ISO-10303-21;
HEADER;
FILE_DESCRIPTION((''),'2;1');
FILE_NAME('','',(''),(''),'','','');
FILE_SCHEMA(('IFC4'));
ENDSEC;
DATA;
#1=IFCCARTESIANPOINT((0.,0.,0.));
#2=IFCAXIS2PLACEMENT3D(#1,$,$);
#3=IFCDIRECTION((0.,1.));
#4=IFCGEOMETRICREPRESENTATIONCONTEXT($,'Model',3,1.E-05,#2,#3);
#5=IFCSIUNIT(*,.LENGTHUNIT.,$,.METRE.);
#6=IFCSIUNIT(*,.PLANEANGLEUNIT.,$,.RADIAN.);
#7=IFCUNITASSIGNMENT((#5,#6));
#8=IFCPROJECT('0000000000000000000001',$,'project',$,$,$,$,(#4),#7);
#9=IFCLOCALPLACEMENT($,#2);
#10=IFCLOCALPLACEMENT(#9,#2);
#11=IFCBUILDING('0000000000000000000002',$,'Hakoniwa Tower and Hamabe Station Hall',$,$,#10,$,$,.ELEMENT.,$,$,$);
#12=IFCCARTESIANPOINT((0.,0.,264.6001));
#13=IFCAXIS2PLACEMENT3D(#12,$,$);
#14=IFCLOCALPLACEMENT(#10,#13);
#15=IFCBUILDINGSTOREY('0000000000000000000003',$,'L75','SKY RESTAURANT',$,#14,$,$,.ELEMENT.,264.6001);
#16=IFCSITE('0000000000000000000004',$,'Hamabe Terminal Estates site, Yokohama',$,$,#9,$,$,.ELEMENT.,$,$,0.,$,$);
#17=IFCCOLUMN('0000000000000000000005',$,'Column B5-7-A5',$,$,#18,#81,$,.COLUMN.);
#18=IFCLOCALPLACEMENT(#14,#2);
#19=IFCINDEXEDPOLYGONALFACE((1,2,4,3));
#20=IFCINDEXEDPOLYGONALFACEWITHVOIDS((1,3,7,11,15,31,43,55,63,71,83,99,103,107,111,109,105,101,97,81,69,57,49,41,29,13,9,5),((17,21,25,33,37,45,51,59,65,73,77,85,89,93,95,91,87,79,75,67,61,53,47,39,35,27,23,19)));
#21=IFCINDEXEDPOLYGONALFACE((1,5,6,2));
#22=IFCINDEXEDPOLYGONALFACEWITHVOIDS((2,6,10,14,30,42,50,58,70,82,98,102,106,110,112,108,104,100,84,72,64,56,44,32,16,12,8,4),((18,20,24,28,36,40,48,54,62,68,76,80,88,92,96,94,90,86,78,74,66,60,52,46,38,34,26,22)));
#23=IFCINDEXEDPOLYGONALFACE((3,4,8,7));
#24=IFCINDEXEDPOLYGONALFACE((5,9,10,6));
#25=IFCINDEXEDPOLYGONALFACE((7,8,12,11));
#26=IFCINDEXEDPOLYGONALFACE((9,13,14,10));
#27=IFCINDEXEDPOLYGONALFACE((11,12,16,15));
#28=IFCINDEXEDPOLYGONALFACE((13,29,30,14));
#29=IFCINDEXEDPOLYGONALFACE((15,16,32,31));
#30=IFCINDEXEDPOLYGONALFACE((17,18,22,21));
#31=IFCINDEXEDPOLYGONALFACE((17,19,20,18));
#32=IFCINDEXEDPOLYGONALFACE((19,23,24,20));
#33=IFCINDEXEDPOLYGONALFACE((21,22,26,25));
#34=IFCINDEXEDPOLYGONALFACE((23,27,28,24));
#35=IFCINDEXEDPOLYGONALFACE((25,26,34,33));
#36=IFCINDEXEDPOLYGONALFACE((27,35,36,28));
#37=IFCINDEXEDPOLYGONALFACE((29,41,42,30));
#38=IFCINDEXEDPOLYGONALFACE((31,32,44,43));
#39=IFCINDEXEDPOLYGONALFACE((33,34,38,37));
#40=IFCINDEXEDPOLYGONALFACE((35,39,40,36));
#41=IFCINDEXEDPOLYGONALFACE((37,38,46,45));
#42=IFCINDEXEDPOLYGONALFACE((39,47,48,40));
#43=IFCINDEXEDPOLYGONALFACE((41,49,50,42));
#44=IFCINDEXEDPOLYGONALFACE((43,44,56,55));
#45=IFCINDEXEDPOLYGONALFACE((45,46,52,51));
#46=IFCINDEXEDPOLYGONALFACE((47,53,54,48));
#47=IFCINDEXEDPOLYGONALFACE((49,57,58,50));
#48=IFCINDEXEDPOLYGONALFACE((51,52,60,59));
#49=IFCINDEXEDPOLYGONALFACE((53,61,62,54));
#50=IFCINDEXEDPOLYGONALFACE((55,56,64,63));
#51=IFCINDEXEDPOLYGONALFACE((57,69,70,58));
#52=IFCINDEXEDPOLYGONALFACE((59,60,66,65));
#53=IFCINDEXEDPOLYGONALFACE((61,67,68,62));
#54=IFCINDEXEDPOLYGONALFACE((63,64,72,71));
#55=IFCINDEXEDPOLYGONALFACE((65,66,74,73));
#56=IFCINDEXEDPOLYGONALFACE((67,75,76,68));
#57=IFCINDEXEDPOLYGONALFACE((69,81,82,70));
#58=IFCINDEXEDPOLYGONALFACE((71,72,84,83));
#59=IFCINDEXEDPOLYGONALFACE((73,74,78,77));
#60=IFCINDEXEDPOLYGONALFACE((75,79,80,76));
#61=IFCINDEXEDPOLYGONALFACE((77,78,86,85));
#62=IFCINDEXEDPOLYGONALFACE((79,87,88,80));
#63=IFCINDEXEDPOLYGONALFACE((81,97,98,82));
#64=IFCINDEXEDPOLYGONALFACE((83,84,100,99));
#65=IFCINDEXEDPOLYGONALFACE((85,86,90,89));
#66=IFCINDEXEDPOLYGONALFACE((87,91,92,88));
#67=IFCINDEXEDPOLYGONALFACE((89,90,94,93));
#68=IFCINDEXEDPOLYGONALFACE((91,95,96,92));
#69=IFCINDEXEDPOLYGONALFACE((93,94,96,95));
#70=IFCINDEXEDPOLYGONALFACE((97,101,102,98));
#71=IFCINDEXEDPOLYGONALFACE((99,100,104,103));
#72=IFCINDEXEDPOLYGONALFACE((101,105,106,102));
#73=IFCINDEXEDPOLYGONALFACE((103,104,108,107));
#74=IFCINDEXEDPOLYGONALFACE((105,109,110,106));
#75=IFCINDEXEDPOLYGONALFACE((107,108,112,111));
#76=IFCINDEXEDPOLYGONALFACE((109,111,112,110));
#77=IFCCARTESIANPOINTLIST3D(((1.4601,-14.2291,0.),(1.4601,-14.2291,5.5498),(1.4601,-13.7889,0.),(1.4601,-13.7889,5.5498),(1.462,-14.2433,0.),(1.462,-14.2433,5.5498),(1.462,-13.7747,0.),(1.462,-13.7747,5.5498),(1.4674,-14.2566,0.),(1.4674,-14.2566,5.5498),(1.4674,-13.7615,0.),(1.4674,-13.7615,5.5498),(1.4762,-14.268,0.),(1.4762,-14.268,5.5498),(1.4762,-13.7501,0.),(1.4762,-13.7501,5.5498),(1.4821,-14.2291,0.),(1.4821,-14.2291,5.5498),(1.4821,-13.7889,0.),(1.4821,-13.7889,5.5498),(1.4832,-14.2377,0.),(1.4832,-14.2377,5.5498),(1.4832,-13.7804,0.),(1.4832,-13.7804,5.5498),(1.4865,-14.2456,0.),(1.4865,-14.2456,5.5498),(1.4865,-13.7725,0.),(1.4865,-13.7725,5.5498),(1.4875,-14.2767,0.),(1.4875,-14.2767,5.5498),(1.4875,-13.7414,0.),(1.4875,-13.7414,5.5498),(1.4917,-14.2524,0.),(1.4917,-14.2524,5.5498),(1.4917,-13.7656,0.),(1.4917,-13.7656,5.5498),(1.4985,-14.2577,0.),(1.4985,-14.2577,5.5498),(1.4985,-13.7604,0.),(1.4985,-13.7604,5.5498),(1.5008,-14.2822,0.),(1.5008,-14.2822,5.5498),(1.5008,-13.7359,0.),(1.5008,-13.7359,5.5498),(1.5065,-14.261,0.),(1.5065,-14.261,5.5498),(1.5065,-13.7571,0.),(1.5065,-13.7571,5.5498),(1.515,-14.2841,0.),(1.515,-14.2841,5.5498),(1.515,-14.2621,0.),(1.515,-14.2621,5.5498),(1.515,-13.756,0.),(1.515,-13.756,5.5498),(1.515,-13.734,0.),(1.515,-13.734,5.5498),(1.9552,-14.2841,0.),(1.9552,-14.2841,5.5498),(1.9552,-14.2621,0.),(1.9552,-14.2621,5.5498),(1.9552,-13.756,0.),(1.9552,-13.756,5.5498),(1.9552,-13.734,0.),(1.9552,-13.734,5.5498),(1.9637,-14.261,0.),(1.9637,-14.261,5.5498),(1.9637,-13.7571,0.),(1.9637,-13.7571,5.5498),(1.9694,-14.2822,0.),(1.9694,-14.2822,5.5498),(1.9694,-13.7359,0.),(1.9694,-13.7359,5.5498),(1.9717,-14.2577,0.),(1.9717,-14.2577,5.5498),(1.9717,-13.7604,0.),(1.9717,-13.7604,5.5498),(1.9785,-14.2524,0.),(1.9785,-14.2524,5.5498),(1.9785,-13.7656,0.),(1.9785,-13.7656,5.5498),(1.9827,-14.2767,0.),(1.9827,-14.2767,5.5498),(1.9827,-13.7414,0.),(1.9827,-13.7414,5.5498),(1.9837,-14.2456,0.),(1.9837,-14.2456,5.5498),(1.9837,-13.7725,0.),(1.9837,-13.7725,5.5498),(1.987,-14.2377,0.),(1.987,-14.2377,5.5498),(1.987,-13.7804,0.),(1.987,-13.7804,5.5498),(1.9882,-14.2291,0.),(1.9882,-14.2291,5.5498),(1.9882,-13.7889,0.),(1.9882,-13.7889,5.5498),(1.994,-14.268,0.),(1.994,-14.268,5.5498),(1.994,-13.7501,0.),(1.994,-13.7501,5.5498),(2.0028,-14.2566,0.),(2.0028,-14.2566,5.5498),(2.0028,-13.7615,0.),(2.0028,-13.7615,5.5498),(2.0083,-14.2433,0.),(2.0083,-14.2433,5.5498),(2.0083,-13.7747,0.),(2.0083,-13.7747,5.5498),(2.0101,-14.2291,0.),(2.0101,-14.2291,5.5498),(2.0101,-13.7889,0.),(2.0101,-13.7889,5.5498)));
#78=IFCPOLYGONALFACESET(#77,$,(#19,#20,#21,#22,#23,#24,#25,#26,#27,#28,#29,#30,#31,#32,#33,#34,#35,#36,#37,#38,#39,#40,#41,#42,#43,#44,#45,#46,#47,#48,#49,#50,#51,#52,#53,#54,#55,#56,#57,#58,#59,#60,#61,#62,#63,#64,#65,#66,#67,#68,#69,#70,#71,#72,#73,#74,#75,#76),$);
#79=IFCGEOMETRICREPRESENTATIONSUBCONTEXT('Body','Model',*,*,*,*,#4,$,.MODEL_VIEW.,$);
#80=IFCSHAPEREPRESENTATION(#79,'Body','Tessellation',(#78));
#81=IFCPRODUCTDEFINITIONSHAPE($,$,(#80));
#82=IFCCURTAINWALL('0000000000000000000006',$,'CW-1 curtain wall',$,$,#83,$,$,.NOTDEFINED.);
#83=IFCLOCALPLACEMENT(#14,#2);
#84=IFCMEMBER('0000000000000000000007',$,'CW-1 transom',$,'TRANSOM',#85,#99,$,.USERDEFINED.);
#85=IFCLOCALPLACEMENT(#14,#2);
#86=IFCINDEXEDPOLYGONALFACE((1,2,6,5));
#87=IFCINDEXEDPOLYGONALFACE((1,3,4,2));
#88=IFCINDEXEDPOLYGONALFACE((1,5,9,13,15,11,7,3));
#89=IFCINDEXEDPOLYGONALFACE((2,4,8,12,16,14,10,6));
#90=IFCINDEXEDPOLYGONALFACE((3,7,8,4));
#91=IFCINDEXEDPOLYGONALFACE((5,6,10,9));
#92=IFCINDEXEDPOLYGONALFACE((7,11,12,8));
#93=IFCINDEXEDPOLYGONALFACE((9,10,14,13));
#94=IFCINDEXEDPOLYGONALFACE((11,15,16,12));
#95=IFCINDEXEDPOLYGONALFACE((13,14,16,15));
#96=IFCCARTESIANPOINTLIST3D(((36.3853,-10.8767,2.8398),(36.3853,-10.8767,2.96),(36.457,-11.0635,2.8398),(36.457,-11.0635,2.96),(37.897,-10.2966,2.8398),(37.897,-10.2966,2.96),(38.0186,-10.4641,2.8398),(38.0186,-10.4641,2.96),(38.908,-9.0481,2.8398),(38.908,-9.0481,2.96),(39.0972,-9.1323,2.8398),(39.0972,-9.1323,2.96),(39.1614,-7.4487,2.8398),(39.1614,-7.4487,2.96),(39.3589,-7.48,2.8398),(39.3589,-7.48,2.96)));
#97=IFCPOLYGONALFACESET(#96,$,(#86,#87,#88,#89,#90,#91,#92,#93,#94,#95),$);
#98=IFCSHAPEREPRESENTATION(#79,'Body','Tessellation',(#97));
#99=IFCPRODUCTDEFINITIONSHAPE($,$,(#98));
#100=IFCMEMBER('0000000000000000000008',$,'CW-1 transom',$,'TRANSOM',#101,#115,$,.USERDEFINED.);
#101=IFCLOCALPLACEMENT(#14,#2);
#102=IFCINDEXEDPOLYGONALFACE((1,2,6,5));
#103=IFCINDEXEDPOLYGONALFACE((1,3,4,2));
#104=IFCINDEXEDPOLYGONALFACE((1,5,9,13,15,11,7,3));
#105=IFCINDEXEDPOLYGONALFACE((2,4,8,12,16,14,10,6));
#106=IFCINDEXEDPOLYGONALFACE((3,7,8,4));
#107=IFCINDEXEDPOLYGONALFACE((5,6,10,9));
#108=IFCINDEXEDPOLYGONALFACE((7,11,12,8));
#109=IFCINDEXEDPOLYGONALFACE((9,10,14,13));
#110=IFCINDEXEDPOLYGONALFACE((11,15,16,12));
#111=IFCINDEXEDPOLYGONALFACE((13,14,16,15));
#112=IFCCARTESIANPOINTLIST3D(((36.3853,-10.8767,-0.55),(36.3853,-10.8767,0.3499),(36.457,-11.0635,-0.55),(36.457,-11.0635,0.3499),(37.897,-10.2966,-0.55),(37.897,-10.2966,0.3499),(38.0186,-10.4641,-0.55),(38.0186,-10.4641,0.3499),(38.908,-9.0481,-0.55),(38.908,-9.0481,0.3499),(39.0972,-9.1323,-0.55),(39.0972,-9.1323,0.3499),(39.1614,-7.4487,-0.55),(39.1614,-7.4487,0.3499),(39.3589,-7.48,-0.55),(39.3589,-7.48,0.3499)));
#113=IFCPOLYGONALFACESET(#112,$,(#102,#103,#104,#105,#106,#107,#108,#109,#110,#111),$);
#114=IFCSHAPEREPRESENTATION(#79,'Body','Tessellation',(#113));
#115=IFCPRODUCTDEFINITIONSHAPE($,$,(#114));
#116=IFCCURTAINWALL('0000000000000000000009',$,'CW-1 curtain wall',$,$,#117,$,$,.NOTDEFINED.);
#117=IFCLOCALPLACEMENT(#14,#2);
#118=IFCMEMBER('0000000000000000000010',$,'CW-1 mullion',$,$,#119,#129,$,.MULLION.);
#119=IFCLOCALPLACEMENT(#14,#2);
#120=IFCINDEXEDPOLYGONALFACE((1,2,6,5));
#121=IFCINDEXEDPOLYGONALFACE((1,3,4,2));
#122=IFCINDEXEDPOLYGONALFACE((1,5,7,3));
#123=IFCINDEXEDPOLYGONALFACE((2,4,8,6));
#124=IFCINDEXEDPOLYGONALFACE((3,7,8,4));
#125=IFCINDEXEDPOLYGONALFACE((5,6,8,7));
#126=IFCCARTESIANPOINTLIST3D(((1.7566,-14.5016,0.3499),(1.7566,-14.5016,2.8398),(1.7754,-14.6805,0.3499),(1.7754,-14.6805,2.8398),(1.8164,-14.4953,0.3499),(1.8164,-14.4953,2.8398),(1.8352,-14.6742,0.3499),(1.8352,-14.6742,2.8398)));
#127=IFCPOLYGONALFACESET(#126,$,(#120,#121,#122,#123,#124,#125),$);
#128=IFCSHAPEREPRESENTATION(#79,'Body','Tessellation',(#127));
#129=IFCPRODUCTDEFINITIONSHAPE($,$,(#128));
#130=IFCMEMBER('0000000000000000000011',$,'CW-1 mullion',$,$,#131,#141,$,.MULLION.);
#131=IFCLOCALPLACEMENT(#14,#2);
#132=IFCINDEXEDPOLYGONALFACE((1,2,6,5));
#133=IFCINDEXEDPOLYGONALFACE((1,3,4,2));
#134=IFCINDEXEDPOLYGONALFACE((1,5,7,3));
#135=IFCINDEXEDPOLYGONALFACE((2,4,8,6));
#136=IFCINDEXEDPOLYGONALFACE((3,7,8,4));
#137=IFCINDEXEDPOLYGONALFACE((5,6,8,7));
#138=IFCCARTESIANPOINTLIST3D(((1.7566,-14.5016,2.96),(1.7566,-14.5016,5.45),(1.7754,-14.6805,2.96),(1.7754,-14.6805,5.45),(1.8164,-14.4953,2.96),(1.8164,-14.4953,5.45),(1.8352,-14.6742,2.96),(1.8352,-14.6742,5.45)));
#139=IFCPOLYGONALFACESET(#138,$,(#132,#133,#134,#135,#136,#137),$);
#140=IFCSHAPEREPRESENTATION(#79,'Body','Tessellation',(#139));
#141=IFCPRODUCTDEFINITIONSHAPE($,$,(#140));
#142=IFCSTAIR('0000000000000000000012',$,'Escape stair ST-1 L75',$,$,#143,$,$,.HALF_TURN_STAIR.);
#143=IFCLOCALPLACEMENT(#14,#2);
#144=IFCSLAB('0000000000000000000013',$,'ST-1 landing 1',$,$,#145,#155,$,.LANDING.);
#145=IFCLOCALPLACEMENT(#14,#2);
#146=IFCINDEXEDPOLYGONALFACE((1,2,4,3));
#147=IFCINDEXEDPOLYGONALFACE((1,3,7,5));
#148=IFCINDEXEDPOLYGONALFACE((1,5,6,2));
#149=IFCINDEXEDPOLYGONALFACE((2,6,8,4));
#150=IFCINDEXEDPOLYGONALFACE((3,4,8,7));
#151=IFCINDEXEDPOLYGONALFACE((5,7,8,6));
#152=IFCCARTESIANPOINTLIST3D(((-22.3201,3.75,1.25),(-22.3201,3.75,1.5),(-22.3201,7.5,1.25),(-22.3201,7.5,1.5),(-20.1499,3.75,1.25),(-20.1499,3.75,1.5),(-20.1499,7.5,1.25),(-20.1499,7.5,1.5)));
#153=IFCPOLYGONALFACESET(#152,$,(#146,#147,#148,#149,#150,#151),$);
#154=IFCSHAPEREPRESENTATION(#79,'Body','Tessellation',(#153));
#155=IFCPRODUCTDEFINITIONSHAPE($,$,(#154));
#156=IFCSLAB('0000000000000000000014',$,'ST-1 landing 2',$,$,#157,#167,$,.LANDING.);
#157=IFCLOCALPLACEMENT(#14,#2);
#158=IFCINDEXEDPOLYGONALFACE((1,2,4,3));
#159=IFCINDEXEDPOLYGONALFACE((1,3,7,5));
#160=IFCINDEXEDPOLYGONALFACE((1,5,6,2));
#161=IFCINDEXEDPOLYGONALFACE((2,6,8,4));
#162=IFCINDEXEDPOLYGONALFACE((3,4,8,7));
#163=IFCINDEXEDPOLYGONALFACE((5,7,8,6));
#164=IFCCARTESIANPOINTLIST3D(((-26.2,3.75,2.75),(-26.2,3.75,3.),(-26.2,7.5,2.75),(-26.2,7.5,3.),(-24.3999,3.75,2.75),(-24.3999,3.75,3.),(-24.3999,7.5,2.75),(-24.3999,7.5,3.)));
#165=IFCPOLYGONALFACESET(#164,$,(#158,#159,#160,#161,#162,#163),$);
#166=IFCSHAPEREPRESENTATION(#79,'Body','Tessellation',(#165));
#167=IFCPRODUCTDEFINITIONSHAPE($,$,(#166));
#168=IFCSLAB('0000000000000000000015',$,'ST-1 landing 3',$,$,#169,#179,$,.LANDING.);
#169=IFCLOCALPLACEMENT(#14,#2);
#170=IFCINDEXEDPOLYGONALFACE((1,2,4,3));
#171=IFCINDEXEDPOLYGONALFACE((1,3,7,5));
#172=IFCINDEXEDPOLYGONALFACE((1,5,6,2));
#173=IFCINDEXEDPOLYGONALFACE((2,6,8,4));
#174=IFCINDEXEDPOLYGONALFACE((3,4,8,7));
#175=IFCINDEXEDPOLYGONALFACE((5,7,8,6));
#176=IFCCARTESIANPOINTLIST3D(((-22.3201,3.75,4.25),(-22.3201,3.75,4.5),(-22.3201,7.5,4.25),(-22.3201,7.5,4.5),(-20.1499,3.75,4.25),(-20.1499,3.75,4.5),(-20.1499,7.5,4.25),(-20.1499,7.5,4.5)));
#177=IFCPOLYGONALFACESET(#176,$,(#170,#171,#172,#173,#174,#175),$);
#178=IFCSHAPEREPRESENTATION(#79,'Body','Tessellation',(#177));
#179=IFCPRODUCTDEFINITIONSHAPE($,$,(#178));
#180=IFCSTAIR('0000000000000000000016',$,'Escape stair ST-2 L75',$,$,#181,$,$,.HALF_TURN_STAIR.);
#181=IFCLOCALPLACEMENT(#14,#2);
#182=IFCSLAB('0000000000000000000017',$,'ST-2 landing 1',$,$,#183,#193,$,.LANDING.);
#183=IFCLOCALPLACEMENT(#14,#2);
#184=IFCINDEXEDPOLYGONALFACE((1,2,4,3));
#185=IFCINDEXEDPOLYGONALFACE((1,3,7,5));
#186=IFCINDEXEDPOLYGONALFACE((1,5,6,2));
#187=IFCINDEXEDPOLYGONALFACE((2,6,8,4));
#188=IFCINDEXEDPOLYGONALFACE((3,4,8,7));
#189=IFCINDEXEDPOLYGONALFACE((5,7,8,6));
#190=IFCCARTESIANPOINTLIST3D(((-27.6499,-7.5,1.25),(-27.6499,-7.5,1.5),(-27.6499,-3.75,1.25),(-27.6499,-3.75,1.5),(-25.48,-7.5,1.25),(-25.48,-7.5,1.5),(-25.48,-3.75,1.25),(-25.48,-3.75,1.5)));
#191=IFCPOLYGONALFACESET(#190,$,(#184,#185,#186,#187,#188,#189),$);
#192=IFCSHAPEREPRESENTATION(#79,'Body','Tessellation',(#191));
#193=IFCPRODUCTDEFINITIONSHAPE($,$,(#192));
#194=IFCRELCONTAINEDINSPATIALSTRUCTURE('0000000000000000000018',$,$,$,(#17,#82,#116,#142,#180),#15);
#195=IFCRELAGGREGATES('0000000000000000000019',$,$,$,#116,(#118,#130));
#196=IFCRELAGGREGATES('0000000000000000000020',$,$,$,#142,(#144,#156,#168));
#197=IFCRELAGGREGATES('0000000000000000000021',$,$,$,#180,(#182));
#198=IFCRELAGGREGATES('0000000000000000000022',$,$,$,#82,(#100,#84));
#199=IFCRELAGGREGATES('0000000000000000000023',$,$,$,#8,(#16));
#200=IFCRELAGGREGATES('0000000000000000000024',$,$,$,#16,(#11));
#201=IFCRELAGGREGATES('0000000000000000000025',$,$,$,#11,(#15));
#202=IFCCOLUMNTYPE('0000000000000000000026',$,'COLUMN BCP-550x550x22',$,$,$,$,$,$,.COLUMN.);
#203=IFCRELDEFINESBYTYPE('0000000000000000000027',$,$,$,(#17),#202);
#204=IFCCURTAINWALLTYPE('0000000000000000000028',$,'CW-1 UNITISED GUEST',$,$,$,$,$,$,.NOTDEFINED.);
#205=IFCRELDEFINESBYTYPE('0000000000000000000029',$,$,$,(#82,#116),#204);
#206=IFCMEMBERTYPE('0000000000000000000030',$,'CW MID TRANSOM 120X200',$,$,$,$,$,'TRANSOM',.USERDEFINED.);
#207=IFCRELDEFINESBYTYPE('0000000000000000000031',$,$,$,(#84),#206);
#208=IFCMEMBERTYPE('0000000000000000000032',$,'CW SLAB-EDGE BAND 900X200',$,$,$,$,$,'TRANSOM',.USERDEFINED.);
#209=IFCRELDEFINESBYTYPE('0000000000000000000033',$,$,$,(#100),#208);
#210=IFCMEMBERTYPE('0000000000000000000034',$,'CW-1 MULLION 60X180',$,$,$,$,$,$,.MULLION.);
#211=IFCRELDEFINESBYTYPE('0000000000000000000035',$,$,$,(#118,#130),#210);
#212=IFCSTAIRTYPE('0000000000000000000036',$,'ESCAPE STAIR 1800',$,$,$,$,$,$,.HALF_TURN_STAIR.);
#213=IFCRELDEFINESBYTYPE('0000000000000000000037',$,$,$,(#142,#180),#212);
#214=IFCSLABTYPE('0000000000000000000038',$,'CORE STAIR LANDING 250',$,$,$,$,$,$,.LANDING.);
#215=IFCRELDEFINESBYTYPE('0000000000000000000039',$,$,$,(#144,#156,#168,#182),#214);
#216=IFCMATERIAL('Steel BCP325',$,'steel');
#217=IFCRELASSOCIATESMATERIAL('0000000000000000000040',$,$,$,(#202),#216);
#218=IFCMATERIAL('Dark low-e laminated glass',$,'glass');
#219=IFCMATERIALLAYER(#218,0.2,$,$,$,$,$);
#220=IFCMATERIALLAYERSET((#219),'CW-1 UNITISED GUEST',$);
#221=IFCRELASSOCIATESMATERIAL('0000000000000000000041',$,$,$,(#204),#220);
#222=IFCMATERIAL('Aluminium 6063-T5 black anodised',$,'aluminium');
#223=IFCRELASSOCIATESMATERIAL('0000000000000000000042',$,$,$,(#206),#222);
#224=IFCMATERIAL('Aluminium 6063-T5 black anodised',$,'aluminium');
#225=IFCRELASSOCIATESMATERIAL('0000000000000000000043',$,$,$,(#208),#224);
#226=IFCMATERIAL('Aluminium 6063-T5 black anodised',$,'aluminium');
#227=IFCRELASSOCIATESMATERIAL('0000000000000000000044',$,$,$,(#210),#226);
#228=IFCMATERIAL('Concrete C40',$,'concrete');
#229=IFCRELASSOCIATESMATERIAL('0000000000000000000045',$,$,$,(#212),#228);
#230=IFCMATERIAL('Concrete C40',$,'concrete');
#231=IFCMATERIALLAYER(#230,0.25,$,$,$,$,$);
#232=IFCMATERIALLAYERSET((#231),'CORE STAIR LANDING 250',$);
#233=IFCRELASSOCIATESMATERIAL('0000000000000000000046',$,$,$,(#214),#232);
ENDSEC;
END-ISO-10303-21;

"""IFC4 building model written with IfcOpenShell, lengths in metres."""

from ifc_helpers import new_model, si_unit, direction, frame, origin, origin_2d, place, context, subcontext, project, spatial, polyline, rectangle, hollow_rectangle, outline, extrude, material, layer, layer_set, material_profile, profile_set, type_object, element, aggregate, save


model = new_model("IFC4")

# Units and contexts
model_context = context("Model", 3, precision=1e-05, world=origin(), true_north=direction((0.0, 1.0)))
body_context = subcontext(model_context, "Body", "Model", "MODEL_VIEW")
ifc_project = project(units=[si_unit("LENGTHUNIT", "METRE"), si_unit("PLANEANGLEUNIT", "RADIAN")], contexts=[model_context])

# Site, building, storey
site_placement = place(None, origin())
site = spatial("IfcSite", under=ifc_project, at=site_placement, Name="Hamabe Terminal Estates site, Yokohama", CompositionType="ELEMENT", RefElevation=0.0)
building_placement = place(site_placement, origin())
building = spatial("IfcBuilding", under=site, at=building_placement, Name="Hakoniwa Tower and Hamabe Station Hall", CompositionType="ELEMENT")
storey_placement = place(building_placement, frame((0.0, 0.0, 264.6001)))
storey = spatial("IfcBuildingStorey", under=building, at=storey_placement, Name="L75", Description="SKY RESTAURANT", CompositionType="ELEMENT", Elevation=264.6001)

# Column
ifc_material_1 = material(Name="Steel BCP325", Category="steel")
ifc_material_profile_1 = material_profile(ifc_material_1, hollow_rectangle(XDim=0.55, YDim=0.55, WallThickness=0.022, InnerFilletRadius=0.033, OuterFilletRadius=0.0549, at=origin_2d()), Name="BCP-550x550x22")
ifc_profile_set_1 = profile_set([ifc_material_profile_1], Name="Steel BCP325")
column_type = type_object("IfcColumnType", Name="COLUMN BCP-550x550x22", PredefinedType="COLUMN", material=ifc_profile_set_1)
column_placement = place(storey_placement, frame((1.7351, -14.009, 0.0), z_axis=(0.0, 0.0, 1.0), x_axis=(1.0, 0.0, 0.0)))
element("IfcColumn", 1, at=column_placement, inside=storey, type_object=column_type, Name="Column B5-7-A5", PredefinedType="COLUMN", context=body_context, shape_type="SweptSolid", body=[
    extrude(hollow_rectangle(XDim=0.55, YDim=0.55, WallThickness=0.022, InnerFilletRadius=0.033, OuterFilletRadius=0.0549, at=origin_2d()), origin(), (0.0, 0.0, 1.0), 5.5498),
])

# Curtain walls, members
ifc_material_2 = material(Name="Dark low-e laminated glass", Category="glass")
ifc_layer_1 = layer(ifc_material_2, 0.2)
ifc_layer_set_1 = layer_set([ifc_layer_1], Name="CW-1 UNITISED GUEST")
curtain_wall_type = type_object("IfcCurtainWallType", Name="CW-1 UNITISED GUEST", PredefinedType="NOTDEFINED", material=ifc_layer_set_1)
curtain_wall_1_placement = place(storey_placement, origin())
curtain_wall_1 = element("IfcCurtainWall", 2, at=curtain_wall_1_placement, inside=storey, type_object=curtain_wall_type, Name="CW-1 curtain wall", PredefinedType="NOTDEFINED")
ifc_material_3 = material(Name="Aluminium 6063-T5 black anodised", Category="aluminium")
ifc_material_profile_2 = material_profile(ifc_material_3, rectangle(XDim=0.2, YDim=0.1201, at=origin_2d()), Name="CW MID TRANSOM 120X200")
ifc_profile_set_2 = profile_set([ifc_material_profile_2], Name="Aluminium 6063-T5 black anodised")
member_type_1 = type_object("IfcMemberType", Name="CW MID TRANSOM 120X200", ElementType="TRANSOM", PredefinedType="USERDEFINED", material=ifc_profile_set_2)
member_1_placement = place(storey_placement, frame((0.0, 0.0, 2.8398)))
member_1 = element("IfcMember", 3, at=member_1_placement, type_object=member_type_1, Name="CW-1 transom", ObjectType="TRANSOM", PredefinedType="USERDEFINED", context=body_context, shape_type="SweptSolid", body=[
    extrude(outline(polyline([(36.457, -11.0635), (38.0186, -10.4641), (39.0972, -9.1323), (39.3589, -7.48), (39.1614, -7.4487), (38.908, -9.0481), (37.897, -10.2966), (36.3853, -10.8767), (36.457, -11.0635)])), origin(), (0.0, 0.0, 1.0), 0.1201),
])
ifc_material_4 = material(Name="Aluminium 6063-T5 black anodised", Category="aluminium")
ifc_material_profile_3 = material_profile(ifc_material_4, rectangle(XDim=0.2, YDim=0.8999, at=origin_2d()), Name="CW SLAB-EDGE BAND 900X200")
ifc_profile_set_3 = profile_set([ifc_material_profile_3], Name="Aluminium 6063-T5 black anodised")
member_type_2 = type_object("IfcMemberType", Name="CW SLAB-EDGE BAND 900X200", ElementType="TRANSOM", PredefinedType="USERDEFINED", material=ifc_profile_set_3)
member_2_placement = place(storey_placement, frame((0.0, 0.0, -0.55)))
member_2 = element("IfcMember", 4, at=member_2_placement, type_object=member_type_2, Name="CW-1 transom", ObjectType="TRANSOM", PredefinedType="USERDEFINED", context=body_context, shape_type="SweptSolid", body=[
    extrude(outline(polyline([(36.457, -11.0635), (38.0186, -10.4641), (39.0972, -9.1323), (39.3589, -7.48), (39.1614, -7.4487), (38.908, -9.0481), (37.897, -10.2966), (36.3853, -10.8767), (36.457, -11.0635)])), origin(), (0.0, 0.0, 1.0), 0.8999),
])
curtain_wall_2_placement = place(storey_placement, origin())
curtain_wall_2 = element("IfcCurtainWall", 5, at=curtain_wall_2_placement, inside=storey, type_object=curtain_wall_type, Name="CW-1 curtain wall", PredefinedType="NOTDEFINED")
ifc_material_5 = material(Name="Aluminium 6063-T5 black anodised", Category="aluminium")
ifc_material_profile_4 = material_profile(ifc_material_5, rectangle(XDim=0.0601, YDim=0.1799, at=origin_2d()), Name="CW-1 MULLION 60X180")
ifc_profile_set_4 = profile_set([ifc_material_profile_4], Name="Aluminium 6063-T5 black anodised")
member_type_3 = type_object("IfcMemberType", Name="CW-1 MULLION 60X180", PredefinedType="MULLION", material=ifc_profile_set_4)
member_3_placement = place(storey_placement, frame((1.7959, -14.5879, 0.3499), z_axis=(0.0, 0.0, 1.0), x_axis=(0.994522, 0.104528, 0.0)))
member_3 = element("IfcMember", 6, at=member_3_placement, type_object=member_type_3, Name="CW-1 mullion", PredefinedType="MULLION", context=body_context, shape_type="SweptSolid", body=[
    extrude(rectangle(XDim=0.0601, YDim=0.1799, at=origin_2d()), origin(), (0.0, 0.0, 1.0), 2.49),
])
member_4_placement = place(storey_placement, frame((1.7959, -14.5879, 2.96), z_axis=(0.0, 0.0, 1.0), x_axis=(0.994522, 0.104528, 0.0)))
member_4 = element("IfcMember", 7, at=member_4_placement, type_object=member_type_3, Name="CW-1 mullion", PredefinedType="MULLION", context=body_context, shape_type="SweptSolid", body=[
    extrude(rectangle(XDim=0.0601, YDim=0.1799, at=origin_2d()), origin(), (0.0, 0.0, 1.0), 2.49),
])
aggregate(curtain_wall_2, [member_3, member_4])

# Stairs, slabs
ifc_material_6 = material(Name="Concrete C40", Category="concrete")
stair_type = type_object("IfcStairType", Name="ESCAPE STAIR 1800", PredefinedType="HALF_TURN_STAIR", material=ifc_material_6)
stair_1_placement = place(storey_placement, origin())
stair_1 = element("IfcStair", 8, at=stair_1_placement, inside=storey, type_object=stair_type, Name="Escape stair ST-1 L75", PredefinedType="HALF_TURN_STAIR")
ifc_material_7 = material(Name="Concrete C40", Category="concrete")
ifc_layer_2 = layer(ifc_material_7, 0.25)
ifc_layer_set_2 = layer_set([ifc_layer_2], Name="CORE STAIR LANDING 250")
slab_type = type_object("IfcSlabType", Name="CORE STAIR LANDING 250", PredefinedType="LANDING", material=ifc_layer_set_2)
slab_1_placement = place(storey_placement, frame((0.0, 0.0, 1.25)))
slab_1 = element("IfcSlab", 9, at=slab_1_placement, type_object=slab_type, Name="ST-1 landing 1", PredefinedType="LANDING", context=body_context, shape_type="SweptSolid", body=[
    extrude(outline(polyline([(-22.3201, 3.75), (-20.1499, 3.75), (-20.1499, 7.5), (-22.3201, 7.5), (-22.3201, 3.75)])), origin(), (0.0, 0.0, 1.0), 0.25),
])
slab_2_placement = place(storey_placement, frame((0.0, 0.0, 2.75)))
slab_2 = element("IfcSlab", 10, at=slab_2_placement, type_object=slab_type, Name="ST-1 landing 2", PredefinedType="LANDING", context=body_context, shape_type="SweptSolid", body=[
    extrude(outline(polyline([(-26.2, 3.75), (-24.3999, 3.75), (-24.3999, 7.5), (-26.2, 7.5), (-26.2, 3.75)])), origin(), (0.0, 0.0, 1.0), 0.25),
])
slab_3_placement = place(storey_placement, frame((0.0, 0.0, 4.25)))
slab_3 = element("IfcSlab", 11, at=slab_3_placement, type_object=slab_type, Name="ST-1 landing 3", PredefinedType="LANDING", context=body_context, shape_type="SweptSolid", body=[
    extrude(outline(polyline([(-22.3201, 3.75), (-20.1499, 3.75), (-20.1499, 7.5), (-22.3201, 7.5), (-22.3201, 3.75)])), origin(), (0.0, 0.0, 1.0), 0.25),
])
aggregate(stair_1, [slab_1, slab_2, slab_3])
stair_2_placement = place(storey_placement, origin())
stair_2 = element("IfcStair", 12, at=stair_2_placement, inside=storey, type_object=stair_type, Name="Escape stair ST-2 L75", PredefinedType="HALF_TURN_STAIR")
slab_4_placement = place(storey_placement, frame((0.0, 0.0, 1.25)))
slab_4 = element("IfcSlab", 13, at=slab_4_placement, type_object=slab_type, Name="ST-2 landing 1", PredefinedType="LANDING", context=body_context, shape_type="SweptSolid", body=[
    extrude(outline(polyline([(-25.48, -7.5), (-27.6499, -7.5), (-27.6499, -3.75), (-25.48, -3.75), (-25.48, -7.5)])), origin(), (0.0, 0.0, 1.0), 0.25),
])
aggregate(stair_2, [slab_4])

aggregate(curtain_wall_1, [member_2, member_1])

save(model, "model.ifc")
